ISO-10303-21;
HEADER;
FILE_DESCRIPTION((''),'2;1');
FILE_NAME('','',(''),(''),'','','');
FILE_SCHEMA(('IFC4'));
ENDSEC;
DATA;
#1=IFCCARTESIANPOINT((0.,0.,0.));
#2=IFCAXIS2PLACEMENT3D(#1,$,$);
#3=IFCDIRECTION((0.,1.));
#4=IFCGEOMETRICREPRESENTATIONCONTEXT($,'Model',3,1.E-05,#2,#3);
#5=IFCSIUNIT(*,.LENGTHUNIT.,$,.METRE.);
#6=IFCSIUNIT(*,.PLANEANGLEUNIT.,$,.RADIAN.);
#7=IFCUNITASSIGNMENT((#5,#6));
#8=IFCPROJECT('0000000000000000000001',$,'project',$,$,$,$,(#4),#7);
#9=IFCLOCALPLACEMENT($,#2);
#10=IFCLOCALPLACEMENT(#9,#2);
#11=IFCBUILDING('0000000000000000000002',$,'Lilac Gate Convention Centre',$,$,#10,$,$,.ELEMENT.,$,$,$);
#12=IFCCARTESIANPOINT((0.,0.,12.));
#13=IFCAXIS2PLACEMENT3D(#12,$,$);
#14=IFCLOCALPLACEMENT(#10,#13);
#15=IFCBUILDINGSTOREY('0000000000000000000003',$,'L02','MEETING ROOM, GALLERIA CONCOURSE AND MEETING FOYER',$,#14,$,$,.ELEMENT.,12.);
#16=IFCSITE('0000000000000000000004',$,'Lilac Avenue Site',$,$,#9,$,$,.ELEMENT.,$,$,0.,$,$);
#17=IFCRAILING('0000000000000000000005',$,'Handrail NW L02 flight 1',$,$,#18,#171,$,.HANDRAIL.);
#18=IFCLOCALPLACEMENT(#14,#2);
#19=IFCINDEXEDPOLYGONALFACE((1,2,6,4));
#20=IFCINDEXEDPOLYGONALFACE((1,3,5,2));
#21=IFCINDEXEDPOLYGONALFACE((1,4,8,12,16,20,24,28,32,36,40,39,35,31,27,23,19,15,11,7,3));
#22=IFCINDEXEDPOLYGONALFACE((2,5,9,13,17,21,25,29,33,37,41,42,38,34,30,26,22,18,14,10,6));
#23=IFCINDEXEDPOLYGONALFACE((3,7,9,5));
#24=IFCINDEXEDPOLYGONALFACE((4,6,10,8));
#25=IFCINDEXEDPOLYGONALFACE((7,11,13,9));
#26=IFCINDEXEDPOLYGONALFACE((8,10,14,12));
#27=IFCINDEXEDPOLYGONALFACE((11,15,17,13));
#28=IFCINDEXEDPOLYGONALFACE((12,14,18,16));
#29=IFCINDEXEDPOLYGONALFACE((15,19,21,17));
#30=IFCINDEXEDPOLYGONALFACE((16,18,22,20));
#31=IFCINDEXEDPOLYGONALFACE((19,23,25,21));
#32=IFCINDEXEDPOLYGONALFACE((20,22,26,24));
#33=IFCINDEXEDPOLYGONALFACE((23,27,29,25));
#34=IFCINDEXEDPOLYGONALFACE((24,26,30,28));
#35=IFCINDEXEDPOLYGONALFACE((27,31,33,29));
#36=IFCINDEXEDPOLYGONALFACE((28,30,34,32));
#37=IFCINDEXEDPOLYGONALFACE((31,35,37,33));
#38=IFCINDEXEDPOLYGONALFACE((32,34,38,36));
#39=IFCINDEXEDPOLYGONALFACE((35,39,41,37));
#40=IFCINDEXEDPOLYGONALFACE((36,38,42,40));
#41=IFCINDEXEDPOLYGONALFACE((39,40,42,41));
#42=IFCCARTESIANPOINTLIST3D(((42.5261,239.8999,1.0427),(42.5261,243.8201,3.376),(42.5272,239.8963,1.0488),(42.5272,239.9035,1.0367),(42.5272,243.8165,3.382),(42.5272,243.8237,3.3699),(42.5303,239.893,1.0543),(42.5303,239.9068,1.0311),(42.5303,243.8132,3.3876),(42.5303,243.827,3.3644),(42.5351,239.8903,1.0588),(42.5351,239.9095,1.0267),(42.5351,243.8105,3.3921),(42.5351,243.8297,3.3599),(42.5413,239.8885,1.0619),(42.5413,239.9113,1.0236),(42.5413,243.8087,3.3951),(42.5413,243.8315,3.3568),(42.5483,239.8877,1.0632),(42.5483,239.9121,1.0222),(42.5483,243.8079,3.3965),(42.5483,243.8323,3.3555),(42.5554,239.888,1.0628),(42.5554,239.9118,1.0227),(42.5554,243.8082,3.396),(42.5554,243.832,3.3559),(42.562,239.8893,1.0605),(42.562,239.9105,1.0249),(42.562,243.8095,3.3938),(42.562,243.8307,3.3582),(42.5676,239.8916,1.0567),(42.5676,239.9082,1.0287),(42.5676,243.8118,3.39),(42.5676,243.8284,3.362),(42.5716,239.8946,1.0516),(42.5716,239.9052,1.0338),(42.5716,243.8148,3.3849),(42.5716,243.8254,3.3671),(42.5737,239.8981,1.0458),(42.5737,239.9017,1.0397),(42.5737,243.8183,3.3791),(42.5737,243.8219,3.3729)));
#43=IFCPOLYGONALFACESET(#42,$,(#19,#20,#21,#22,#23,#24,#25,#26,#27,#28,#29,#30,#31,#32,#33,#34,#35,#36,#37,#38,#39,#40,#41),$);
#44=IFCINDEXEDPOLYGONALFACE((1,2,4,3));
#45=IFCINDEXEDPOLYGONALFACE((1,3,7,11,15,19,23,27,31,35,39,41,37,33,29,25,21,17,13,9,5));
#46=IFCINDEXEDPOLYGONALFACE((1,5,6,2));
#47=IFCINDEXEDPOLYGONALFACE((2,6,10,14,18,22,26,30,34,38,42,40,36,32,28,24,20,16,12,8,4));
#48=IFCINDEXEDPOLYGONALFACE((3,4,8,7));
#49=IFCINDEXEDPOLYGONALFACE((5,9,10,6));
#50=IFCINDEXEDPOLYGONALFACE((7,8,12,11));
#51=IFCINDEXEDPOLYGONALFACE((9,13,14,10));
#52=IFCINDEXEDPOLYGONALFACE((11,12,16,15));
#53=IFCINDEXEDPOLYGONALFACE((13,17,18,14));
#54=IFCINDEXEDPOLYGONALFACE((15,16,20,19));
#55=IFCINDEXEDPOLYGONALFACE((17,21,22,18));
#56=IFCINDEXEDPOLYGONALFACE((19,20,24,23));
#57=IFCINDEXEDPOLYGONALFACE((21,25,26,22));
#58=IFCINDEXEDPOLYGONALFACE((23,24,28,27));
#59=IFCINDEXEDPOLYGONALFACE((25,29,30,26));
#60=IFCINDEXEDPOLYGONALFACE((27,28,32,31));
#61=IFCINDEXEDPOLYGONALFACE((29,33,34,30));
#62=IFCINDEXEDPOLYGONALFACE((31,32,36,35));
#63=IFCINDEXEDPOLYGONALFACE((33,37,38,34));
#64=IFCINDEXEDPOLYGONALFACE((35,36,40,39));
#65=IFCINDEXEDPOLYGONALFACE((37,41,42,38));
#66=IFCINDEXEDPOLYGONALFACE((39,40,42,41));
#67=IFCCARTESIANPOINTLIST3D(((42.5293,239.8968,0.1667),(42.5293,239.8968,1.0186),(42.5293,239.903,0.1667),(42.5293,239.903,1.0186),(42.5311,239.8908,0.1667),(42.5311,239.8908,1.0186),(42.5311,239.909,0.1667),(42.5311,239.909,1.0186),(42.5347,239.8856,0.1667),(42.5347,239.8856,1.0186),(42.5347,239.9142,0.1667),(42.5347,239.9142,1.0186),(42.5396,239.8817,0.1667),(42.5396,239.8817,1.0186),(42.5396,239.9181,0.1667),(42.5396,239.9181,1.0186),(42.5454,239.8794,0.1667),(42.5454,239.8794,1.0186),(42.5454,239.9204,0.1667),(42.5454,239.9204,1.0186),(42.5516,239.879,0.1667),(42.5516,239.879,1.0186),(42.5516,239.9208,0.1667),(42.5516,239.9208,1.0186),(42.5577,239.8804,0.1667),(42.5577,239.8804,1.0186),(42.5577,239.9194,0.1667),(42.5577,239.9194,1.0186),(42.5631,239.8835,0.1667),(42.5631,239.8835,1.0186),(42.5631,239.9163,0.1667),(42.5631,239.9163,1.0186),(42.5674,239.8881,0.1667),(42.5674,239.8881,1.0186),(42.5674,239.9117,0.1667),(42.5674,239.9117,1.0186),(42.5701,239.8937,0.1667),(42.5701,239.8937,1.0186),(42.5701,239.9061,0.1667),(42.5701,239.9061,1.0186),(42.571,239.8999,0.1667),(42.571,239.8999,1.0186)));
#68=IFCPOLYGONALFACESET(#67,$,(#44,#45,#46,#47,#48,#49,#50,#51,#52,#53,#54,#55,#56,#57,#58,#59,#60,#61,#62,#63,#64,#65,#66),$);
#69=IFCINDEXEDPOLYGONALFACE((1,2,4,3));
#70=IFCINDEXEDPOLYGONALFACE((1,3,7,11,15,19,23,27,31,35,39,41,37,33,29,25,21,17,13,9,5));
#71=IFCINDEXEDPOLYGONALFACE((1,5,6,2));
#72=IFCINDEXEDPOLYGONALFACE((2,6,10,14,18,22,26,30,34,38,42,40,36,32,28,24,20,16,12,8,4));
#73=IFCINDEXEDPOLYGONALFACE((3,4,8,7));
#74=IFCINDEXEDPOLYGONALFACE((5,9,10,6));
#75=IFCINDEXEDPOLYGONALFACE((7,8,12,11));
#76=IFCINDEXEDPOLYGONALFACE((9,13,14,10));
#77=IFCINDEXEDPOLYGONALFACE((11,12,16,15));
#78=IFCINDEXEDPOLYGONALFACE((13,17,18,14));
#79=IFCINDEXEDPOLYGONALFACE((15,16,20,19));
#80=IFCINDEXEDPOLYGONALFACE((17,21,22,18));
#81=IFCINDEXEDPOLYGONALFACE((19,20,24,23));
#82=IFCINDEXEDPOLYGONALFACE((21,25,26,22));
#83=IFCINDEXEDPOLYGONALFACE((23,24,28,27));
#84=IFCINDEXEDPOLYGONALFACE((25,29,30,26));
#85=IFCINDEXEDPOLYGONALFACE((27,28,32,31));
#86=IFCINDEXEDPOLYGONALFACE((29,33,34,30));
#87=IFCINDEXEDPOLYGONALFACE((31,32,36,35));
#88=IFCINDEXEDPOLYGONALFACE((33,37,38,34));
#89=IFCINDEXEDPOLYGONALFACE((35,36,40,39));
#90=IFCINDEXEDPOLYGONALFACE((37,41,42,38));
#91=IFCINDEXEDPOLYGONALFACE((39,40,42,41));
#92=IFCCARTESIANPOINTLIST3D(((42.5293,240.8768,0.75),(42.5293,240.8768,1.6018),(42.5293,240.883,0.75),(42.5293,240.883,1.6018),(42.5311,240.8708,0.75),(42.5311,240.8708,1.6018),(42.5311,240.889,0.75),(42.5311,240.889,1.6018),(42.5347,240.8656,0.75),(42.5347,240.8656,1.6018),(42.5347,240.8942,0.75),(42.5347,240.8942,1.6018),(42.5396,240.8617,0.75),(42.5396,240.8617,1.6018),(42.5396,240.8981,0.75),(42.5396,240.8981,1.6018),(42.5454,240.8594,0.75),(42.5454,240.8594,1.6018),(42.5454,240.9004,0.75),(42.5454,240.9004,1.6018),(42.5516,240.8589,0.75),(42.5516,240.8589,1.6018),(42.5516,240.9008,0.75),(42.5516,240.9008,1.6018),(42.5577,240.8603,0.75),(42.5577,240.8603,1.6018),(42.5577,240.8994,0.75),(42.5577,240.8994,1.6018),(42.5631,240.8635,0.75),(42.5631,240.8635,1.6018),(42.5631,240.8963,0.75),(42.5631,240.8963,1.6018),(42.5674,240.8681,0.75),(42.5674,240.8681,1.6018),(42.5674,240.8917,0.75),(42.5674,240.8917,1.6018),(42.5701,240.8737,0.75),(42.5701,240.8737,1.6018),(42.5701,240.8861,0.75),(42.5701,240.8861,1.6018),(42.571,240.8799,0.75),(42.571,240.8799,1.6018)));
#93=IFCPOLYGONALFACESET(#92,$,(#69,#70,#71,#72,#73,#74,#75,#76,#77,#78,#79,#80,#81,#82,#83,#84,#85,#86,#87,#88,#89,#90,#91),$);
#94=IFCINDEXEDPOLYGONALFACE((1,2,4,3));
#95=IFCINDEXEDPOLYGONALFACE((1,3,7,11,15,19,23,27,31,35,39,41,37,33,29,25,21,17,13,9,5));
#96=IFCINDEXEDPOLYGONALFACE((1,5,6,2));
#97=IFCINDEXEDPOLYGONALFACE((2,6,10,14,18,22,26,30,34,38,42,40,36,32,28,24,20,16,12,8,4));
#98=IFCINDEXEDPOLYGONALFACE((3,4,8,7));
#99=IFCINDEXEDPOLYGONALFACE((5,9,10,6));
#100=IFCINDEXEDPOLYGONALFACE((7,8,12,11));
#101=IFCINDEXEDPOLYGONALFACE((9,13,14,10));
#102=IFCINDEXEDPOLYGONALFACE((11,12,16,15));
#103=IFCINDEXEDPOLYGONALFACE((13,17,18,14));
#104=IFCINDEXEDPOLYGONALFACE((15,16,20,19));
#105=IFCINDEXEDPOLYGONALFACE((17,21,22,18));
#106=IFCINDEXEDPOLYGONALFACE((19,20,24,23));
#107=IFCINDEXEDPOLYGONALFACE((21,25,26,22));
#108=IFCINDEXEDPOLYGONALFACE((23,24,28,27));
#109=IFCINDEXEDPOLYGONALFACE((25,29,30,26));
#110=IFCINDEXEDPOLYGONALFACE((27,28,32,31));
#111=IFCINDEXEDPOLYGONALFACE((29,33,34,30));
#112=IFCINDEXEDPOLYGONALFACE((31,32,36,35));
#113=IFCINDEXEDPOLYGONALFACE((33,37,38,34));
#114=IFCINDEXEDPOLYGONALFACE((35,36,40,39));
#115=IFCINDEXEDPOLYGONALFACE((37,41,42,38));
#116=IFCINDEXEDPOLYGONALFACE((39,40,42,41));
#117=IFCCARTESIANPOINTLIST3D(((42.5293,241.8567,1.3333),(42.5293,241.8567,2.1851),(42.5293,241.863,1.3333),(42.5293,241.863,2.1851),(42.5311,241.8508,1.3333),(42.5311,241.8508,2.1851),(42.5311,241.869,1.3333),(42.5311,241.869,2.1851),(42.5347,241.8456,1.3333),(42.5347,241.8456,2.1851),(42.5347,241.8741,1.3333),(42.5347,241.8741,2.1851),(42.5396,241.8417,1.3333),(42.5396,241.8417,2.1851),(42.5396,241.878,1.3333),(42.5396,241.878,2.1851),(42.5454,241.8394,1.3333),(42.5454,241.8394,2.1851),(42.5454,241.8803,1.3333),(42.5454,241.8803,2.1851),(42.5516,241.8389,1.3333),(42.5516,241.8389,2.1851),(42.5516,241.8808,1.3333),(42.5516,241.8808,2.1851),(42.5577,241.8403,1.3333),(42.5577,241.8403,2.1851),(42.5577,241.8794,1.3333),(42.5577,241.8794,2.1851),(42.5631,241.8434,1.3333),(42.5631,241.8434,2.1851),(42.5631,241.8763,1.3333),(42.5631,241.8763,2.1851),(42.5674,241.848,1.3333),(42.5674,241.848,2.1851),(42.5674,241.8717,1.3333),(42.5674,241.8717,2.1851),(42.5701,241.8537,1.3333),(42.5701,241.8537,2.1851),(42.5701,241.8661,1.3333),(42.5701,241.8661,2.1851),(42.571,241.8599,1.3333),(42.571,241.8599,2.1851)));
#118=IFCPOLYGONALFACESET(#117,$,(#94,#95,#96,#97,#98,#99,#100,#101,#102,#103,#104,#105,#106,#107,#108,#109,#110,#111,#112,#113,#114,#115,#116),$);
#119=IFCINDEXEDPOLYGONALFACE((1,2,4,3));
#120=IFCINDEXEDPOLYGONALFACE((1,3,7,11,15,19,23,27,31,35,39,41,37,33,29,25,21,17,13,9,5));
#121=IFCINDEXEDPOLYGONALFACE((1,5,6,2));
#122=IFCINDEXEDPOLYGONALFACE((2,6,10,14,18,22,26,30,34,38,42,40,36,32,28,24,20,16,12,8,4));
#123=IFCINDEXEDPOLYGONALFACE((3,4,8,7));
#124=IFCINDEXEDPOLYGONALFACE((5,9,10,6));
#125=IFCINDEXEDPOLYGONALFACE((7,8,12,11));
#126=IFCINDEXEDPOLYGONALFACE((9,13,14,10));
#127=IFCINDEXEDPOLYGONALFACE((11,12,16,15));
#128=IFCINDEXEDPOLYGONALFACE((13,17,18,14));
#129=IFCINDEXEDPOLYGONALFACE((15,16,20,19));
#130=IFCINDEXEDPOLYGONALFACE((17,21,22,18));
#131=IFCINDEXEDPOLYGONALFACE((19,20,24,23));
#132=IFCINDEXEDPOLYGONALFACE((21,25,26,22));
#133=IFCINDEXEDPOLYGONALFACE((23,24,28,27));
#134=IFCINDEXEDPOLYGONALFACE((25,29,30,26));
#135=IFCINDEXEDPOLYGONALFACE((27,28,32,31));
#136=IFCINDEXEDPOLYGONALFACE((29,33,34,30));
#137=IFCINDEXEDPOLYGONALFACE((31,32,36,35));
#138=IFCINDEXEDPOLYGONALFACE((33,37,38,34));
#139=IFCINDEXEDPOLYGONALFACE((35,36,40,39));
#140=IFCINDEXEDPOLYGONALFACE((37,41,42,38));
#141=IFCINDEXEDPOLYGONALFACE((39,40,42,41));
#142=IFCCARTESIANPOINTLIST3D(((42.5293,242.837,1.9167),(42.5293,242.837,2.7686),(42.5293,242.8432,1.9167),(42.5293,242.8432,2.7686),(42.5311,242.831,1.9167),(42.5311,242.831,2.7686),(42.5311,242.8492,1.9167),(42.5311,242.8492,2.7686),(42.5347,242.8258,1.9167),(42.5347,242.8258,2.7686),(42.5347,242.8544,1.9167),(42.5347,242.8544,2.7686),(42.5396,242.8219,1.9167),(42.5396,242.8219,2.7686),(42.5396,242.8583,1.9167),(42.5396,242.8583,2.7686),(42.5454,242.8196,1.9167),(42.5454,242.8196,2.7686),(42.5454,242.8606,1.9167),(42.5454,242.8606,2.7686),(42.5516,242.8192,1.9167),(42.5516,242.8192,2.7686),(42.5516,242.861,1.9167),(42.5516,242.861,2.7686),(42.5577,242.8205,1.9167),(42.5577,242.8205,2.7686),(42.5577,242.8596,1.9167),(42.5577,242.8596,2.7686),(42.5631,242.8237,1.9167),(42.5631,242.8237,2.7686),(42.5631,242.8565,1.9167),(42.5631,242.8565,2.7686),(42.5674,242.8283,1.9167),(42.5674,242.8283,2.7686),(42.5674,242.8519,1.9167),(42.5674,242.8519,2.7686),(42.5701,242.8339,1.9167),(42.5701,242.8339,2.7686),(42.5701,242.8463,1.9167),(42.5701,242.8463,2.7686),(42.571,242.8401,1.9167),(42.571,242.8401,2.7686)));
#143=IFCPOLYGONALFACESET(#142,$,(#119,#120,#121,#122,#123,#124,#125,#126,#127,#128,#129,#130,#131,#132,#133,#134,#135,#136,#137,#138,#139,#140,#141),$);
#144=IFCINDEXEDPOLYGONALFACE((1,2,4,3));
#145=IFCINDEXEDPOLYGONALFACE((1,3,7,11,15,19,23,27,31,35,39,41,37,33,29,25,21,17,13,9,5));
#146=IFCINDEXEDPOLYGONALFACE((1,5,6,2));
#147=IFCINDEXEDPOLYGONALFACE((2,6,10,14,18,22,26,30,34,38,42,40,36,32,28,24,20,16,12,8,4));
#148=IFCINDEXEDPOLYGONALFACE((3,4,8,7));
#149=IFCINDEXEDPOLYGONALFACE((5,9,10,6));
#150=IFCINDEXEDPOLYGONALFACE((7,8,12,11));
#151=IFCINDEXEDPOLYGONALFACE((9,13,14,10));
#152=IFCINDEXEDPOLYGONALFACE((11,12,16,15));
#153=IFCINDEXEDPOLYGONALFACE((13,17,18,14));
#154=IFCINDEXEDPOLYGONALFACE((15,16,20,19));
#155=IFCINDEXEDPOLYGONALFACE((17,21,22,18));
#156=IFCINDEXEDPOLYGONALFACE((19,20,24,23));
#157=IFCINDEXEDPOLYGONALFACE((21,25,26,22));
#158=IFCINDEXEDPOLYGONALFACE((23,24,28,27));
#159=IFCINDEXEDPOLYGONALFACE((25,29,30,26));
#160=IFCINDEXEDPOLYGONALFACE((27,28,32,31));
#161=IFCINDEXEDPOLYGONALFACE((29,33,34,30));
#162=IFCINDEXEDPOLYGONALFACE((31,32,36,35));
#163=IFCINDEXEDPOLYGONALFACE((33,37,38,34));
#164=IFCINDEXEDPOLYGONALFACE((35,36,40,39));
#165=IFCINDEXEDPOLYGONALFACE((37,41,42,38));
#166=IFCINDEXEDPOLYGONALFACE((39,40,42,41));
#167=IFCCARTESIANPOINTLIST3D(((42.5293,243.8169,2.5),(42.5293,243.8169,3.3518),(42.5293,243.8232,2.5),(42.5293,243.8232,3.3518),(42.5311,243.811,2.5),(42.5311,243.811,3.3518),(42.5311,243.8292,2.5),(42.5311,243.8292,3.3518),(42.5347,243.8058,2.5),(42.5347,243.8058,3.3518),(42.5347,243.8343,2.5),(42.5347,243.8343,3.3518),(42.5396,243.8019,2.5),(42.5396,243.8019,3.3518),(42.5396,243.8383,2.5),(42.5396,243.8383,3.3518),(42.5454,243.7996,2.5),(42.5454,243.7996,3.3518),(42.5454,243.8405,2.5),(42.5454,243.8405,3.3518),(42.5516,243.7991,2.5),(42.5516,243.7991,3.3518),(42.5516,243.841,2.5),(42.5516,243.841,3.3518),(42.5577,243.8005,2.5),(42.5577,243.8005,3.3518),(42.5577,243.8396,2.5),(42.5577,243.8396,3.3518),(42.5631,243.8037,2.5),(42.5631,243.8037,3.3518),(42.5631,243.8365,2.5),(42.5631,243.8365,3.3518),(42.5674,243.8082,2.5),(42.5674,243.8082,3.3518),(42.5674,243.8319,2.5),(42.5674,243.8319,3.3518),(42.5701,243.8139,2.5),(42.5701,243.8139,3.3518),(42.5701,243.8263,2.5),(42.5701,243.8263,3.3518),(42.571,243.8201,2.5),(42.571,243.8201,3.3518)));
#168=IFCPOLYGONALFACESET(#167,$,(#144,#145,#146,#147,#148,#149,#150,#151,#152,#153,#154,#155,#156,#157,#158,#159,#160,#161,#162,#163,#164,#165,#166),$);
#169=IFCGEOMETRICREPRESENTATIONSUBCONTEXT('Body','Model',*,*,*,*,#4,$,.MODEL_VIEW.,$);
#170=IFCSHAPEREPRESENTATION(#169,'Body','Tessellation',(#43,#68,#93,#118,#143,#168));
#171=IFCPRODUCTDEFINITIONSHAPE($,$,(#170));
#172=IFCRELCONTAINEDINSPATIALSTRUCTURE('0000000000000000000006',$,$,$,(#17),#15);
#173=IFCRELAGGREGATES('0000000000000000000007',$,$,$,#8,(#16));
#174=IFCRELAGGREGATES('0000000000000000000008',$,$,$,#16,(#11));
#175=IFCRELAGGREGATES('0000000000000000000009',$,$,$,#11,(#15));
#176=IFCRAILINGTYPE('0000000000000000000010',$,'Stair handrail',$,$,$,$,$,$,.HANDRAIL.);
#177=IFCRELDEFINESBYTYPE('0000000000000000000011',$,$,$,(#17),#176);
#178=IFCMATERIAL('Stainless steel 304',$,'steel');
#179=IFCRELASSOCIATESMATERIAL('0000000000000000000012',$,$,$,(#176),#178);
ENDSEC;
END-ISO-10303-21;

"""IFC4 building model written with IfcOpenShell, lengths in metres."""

from ifc_helpers import new_model, si_unit, direction, frame, origin, origin_2d, place, context, subcontext, project, spatial, circle, extrude, material, type_object, element, save


model = new_model("IFC4")

# Units and contexts
model_context = context("Model", 3, precision=1e-05, world=origin(), true_north=direction((0.0, 1.0)))
body_context = subcontext(model_context, "Body", "Model", "MODEL_VIEW")
ifc_project = project(units=[si_unit("LENGTHUNIT", "METRE"), si_unit("PLANEANGLEUNIT", "RADIAN")], contexts=[model_context])

# Site, building, storey
site_placement = place(None, origin())
site = spatial("IfcSite", under=ifc_project, at=site_placement, Name="Lilac Avenue Site", CompositionType="ELEMENT", RefElevation=0.0)
building_placement = place(site_placement, origin())
building = spatial("IfcBuilding", under=site, at=building_placement, Name="Lilac Gate Convention Centre", CompositionType="ELEMENT")
storey_placement = place(building_placement, frame((0.0, 0.0, 12.0)))
storey = spatial("IfcBuildingStorey", under=building, at=storey_placement, Name="L02", Description="MEETING ROOM, GALLERIA CONCOURSE AND MEETING FOYER", CompositionType="ELEMENT", Elevation=12.0)

# Railing
ifc_material_1 = material(Name="Stainless steel 304", Category="steel")
railing_type = type_object("IfcRailingType", Name="Stair handrail", PredefinedType="HANDRAIL", material=ifc_material_1)
for number, where, name in (
    (1, (42.55, 239.8999, 0.1667), "Handrail NW L02 flight 1"),
):
    element("IfcRailing", number, at=place(storey_placement, frame(where)), inside=storey, type_object=railing_type, Name=name, PredefinedType="HANDRAIL", context=body_context, shape_type="SweptSolid", body=[
        extrude(circle(Radius=0.0239, at=origin_2d()), frame((0.0, 0.0, 0.876), z_axis=(0.0, 0.85931, 0.511455), x_axis=(-1.0, 0.0, 0.0)), (0.0, 0.0, 1.0), 4.562),
        extrude(circle(Radius=0.021, at=origin_2d()), origin(), (0.0, 0.0, 1.0), 0.8518),
        extrude(circle(Radius=0.021, at=origin_2d()), frame((0.0, 0.98, 0.5833)), (0.0, 0.0, 1.0), 0.8518),
        extrude(circle(Radius=0.021, at=origin_2d()), frame((0.0, 1.96, 1.1665)), (0.0, 0.0, 1.0), 0.8518),
        extrude(circle(Radius=0.021, at=origin_2d()), frame((0.0, 2.9402, 1.75)), (0.0, 0.0, 1.0), 0.8518),
        extrude(circle(Radius=0.021, at=origin_2d()), frame((0.0, 3.9202, 2.3333)), (0.0, 0.0, 1.0), 0.8518),
    ])

save(model, "model.ifc")
